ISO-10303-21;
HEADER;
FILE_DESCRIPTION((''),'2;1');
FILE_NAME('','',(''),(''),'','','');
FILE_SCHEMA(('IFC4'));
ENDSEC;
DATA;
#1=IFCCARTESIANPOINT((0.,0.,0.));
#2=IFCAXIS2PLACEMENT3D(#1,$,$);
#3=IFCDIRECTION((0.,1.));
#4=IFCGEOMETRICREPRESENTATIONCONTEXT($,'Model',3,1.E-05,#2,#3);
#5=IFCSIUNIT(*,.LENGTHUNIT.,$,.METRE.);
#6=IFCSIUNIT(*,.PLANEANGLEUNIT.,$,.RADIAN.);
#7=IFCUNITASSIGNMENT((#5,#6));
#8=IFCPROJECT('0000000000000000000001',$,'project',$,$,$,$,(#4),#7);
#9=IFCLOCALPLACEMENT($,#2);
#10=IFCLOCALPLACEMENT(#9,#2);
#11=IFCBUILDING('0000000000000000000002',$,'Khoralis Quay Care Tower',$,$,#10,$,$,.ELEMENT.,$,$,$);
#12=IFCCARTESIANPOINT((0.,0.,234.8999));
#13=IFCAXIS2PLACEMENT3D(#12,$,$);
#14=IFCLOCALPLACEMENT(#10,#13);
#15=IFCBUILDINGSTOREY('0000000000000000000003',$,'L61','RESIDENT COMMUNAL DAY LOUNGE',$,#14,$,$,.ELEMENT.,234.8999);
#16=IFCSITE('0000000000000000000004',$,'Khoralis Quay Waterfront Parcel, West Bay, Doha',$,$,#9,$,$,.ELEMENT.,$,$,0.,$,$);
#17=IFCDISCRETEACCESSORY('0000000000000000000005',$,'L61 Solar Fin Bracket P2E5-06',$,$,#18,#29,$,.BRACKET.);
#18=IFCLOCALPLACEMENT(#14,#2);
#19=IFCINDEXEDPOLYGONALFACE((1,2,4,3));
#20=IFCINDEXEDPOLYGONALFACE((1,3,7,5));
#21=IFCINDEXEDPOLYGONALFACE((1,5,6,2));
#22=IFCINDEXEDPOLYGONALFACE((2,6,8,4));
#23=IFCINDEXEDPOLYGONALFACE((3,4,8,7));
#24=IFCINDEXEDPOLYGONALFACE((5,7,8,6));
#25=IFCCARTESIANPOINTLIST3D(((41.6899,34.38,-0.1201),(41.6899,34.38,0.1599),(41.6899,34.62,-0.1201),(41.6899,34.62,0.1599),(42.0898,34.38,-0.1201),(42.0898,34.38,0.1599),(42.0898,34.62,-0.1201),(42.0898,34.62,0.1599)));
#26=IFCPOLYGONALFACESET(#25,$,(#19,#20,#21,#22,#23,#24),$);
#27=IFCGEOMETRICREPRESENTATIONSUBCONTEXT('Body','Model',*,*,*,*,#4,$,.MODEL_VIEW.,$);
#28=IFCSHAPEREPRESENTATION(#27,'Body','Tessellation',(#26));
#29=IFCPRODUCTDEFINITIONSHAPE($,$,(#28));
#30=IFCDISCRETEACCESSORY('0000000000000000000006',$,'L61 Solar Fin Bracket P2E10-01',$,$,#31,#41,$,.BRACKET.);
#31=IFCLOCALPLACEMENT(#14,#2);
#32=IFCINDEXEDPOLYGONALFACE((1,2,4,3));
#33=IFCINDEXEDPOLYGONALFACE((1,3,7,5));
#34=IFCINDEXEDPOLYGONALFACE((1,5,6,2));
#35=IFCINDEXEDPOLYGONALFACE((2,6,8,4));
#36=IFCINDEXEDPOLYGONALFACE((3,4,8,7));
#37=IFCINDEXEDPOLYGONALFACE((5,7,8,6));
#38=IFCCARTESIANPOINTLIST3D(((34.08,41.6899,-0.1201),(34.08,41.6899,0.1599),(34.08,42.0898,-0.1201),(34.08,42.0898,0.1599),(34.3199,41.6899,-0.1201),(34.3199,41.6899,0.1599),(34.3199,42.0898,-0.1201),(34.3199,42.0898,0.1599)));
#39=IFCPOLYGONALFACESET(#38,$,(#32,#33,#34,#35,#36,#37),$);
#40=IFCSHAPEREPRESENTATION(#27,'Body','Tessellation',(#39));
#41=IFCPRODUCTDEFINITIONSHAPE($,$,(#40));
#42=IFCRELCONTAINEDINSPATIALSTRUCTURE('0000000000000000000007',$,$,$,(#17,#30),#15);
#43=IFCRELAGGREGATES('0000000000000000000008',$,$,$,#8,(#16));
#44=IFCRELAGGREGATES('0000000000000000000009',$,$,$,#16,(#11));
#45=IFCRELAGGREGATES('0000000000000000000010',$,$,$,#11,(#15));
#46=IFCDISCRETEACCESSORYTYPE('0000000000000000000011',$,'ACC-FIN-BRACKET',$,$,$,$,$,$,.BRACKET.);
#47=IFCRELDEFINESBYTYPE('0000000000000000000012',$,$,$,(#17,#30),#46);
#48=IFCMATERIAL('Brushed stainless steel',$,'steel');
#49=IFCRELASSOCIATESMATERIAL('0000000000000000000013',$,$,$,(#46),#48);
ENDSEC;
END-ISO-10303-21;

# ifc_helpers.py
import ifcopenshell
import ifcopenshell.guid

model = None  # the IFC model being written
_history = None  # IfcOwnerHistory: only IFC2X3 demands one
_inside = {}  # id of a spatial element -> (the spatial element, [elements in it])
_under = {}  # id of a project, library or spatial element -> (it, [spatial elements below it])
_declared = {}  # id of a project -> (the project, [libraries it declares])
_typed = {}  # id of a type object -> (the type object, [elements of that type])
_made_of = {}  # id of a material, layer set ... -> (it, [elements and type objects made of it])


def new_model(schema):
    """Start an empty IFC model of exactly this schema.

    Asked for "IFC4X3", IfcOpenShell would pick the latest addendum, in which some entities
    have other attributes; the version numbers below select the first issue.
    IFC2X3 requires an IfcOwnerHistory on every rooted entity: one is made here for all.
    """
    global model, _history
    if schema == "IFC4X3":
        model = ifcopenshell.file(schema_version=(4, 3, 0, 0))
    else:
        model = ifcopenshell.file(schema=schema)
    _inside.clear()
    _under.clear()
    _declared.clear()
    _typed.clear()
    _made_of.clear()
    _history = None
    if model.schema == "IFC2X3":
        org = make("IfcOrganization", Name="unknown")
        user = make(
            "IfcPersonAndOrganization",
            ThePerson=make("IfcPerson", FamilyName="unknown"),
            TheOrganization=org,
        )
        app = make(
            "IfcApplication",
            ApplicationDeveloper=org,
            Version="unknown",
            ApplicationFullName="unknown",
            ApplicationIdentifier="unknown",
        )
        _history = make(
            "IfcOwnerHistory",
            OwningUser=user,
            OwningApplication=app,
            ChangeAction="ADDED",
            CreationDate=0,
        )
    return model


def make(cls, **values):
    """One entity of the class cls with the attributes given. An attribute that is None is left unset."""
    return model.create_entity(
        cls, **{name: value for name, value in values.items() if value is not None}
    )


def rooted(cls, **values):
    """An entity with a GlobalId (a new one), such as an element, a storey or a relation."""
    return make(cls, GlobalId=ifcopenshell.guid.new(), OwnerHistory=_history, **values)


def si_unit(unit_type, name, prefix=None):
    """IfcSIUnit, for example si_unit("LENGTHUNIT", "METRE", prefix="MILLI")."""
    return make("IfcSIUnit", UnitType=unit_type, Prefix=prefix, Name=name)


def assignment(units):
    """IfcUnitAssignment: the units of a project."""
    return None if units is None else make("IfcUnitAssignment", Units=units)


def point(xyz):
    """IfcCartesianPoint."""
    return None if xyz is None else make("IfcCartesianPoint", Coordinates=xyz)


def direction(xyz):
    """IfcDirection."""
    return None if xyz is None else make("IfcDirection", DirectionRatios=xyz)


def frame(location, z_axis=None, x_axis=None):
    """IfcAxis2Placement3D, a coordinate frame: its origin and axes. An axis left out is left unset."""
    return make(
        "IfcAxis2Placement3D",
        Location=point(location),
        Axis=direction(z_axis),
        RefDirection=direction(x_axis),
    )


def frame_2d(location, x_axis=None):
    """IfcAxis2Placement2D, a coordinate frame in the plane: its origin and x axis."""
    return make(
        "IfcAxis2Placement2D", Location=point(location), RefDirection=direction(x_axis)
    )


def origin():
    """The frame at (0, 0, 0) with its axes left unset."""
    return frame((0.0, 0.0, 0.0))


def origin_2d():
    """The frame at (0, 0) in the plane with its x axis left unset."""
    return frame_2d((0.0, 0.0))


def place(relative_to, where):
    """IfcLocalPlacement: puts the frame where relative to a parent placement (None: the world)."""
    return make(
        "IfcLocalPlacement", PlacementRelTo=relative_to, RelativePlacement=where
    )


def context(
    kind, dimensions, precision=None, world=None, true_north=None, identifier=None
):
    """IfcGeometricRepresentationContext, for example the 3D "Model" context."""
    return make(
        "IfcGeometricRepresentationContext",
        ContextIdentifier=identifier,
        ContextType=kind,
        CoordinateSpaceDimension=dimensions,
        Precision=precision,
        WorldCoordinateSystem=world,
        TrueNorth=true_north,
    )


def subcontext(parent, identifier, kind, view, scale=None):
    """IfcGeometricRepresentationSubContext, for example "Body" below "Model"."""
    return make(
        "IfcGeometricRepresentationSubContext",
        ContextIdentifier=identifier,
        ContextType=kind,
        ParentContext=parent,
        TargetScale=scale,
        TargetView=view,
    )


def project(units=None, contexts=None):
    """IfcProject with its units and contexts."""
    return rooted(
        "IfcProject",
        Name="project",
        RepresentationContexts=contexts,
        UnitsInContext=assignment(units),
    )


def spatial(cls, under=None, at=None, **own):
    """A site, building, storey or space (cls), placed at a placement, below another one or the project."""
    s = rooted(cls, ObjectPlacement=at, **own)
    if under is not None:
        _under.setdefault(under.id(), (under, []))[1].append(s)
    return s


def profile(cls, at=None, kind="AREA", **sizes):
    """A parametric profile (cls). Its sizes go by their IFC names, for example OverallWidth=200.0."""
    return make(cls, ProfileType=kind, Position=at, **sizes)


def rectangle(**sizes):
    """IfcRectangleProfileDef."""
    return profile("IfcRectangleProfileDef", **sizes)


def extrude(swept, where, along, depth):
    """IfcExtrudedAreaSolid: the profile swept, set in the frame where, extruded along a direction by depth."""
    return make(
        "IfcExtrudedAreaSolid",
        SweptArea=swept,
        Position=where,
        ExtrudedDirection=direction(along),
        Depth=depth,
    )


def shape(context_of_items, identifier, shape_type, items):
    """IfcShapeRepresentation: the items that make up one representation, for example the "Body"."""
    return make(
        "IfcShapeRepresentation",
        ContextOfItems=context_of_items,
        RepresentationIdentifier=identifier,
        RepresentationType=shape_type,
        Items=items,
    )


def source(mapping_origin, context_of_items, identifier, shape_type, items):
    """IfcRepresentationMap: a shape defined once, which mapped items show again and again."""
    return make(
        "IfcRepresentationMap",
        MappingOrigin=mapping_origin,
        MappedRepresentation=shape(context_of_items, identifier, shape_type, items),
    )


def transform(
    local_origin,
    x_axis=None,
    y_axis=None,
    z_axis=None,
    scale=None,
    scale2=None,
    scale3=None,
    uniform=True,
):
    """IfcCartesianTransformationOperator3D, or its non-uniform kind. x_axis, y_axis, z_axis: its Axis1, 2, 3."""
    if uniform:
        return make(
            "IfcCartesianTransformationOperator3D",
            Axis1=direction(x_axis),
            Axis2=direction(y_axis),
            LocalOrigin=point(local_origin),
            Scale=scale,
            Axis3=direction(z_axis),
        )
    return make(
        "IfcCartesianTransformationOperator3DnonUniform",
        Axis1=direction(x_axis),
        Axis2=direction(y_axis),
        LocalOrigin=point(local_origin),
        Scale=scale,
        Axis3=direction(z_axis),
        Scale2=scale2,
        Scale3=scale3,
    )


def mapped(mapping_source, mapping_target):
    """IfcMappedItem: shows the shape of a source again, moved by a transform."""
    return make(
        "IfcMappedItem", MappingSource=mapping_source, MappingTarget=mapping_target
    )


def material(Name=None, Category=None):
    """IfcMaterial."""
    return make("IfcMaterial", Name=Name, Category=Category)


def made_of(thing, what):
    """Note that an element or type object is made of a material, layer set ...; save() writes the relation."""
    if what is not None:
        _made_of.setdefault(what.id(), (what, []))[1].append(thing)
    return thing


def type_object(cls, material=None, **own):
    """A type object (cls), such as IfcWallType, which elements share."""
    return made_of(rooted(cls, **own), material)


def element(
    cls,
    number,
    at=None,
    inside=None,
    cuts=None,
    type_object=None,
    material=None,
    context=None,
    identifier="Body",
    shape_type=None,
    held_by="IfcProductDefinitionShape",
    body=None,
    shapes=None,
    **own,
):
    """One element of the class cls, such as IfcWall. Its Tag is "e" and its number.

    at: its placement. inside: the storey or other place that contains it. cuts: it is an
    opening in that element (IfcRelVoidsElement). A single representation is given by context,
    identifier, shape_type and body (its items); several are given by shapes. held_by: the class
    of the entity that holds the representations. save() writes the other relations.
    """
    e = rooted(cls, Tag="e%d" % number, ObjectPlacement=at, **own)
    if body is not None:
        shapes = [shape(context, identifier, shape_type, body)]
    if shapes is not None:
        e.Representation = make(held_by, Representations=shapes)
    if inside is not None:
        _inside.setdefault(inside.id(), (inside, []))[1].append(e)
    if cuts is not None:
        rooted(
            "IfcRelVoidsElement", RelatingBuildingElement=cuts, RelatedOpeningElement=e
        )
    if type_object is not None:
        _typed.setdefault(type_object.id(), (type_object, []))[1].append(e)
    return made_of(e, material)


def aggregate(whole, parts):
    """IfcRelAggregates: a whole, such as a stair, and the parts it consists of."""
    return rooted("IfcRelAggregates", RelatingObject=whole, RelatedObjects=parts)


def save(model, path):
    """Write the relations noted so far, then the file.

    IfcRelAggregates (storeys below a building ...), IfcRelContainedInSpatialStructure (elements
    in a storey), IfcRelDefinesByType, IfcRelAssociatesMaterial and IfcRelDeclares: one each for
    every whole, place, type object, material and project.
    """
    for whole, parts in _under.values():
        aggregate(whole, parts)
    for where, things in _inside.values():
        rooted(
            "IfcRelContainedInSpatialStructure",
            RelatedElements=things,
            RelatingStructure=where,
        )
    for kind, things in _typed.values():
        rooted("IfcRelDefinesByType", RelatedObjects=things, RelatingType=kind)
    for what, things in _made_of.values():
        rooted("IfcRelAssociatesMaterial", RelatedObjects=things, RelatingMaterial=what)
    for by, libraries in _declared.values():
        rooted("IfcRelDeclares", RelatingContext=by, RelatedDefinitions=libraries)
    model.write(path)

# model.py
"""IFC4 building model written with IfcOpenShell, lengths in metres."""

from ifc_helpers import new_model, si_unit, direction, frame, origin, origin_2d, place, context, subcontext, project, spatial, rectangle, extrude, source, transform, mapped, material, type_object, element, save


model = new_model("IFC4")

# Units and contexts
model_context = context("Model", 3, precision=1e-05, world=origin(), true_north=direction((0.0, 1.0)))
body_context = subcontext(model_context, "Body", "Model", "MODEL_VIEW")
ifc_project = project(units=[si_unit("LENGTHUNIT", "METRE"), si_unit("PLANEANGLEUNIT", "RADIAN")], contexts=[model_context])

# Site, building, storey
site_placement = place(None, origin())
site = spatial("IfcSite", under=ifc_project, at=site_placement, Name="Khoralis Quay Waterfront Parcel, West Bay, Doha", CompositionType="ELEMENT", RefElevation=0.0)
building_placement = place(site_placement, origin())
building = spatial("IfcBuilding", under=site, at=building_placement, Name="Khoralis Quay Care Tower", CompositionType="ELEMENT")
storey_placement = place(building_placement, frame((0.0, 0.0, 234.8999)))
storey = spatial("IfcBuildingStorey", under=building, at=storey_placement, Name="L61", Description="RESIDENT COMMUNAL DAY LOUNGE", CompositionType="ELEMENT", Elevation=234.8999)

# Discrete accessories
ifc_material_1 = material(Name="Brushed stainless steel", Category="steel")
discrete_accessory_type = type_object("IfcDiscreteAccessoryType", Name="ACC-FIN-BRACKET", PredefinedType="BRACKET", material=ifc_material_1)
shared_shape_1 = source(origin(), body_context, "Body", "SweptSolid", [
    extrude(rectangle(XDim=0.3999, YDim=0.24, at=origin_2d()), origin(), (0.0, 0.0, 1.0), 0.28),
])
for number, where, z_axis, x_axis, name in (
    (1, (41.8899, 34.5, -0.1201), (0.0, 0.0, 1.0), (1.0, 0.0, 0.0), "L61 Solar Fin Bracket P2E5-06"),
    (2, (34.2, 41.8899, -0.1201), (0.0, 0.0, 1.0), (0.0, 1.0, 0.0), "L61 Solar Fin Bracket P2E10-01"),
):
    element("IfcDiscreteAccessory", number, at=place(storey_placement, frame(where, z_axis=z_axis, x_axis=x_axis)), inside=storey, type_object=discrete_accessory_type, Name=name, PredefinedType="BRACKET", context=body_context, shape_type="MappedRepresentation", body=[
        mapped(shared_shape_1, transform((0.0, 0.0, 0.0), scale=1.0)),
    ])

save(model, "model.ifc")
